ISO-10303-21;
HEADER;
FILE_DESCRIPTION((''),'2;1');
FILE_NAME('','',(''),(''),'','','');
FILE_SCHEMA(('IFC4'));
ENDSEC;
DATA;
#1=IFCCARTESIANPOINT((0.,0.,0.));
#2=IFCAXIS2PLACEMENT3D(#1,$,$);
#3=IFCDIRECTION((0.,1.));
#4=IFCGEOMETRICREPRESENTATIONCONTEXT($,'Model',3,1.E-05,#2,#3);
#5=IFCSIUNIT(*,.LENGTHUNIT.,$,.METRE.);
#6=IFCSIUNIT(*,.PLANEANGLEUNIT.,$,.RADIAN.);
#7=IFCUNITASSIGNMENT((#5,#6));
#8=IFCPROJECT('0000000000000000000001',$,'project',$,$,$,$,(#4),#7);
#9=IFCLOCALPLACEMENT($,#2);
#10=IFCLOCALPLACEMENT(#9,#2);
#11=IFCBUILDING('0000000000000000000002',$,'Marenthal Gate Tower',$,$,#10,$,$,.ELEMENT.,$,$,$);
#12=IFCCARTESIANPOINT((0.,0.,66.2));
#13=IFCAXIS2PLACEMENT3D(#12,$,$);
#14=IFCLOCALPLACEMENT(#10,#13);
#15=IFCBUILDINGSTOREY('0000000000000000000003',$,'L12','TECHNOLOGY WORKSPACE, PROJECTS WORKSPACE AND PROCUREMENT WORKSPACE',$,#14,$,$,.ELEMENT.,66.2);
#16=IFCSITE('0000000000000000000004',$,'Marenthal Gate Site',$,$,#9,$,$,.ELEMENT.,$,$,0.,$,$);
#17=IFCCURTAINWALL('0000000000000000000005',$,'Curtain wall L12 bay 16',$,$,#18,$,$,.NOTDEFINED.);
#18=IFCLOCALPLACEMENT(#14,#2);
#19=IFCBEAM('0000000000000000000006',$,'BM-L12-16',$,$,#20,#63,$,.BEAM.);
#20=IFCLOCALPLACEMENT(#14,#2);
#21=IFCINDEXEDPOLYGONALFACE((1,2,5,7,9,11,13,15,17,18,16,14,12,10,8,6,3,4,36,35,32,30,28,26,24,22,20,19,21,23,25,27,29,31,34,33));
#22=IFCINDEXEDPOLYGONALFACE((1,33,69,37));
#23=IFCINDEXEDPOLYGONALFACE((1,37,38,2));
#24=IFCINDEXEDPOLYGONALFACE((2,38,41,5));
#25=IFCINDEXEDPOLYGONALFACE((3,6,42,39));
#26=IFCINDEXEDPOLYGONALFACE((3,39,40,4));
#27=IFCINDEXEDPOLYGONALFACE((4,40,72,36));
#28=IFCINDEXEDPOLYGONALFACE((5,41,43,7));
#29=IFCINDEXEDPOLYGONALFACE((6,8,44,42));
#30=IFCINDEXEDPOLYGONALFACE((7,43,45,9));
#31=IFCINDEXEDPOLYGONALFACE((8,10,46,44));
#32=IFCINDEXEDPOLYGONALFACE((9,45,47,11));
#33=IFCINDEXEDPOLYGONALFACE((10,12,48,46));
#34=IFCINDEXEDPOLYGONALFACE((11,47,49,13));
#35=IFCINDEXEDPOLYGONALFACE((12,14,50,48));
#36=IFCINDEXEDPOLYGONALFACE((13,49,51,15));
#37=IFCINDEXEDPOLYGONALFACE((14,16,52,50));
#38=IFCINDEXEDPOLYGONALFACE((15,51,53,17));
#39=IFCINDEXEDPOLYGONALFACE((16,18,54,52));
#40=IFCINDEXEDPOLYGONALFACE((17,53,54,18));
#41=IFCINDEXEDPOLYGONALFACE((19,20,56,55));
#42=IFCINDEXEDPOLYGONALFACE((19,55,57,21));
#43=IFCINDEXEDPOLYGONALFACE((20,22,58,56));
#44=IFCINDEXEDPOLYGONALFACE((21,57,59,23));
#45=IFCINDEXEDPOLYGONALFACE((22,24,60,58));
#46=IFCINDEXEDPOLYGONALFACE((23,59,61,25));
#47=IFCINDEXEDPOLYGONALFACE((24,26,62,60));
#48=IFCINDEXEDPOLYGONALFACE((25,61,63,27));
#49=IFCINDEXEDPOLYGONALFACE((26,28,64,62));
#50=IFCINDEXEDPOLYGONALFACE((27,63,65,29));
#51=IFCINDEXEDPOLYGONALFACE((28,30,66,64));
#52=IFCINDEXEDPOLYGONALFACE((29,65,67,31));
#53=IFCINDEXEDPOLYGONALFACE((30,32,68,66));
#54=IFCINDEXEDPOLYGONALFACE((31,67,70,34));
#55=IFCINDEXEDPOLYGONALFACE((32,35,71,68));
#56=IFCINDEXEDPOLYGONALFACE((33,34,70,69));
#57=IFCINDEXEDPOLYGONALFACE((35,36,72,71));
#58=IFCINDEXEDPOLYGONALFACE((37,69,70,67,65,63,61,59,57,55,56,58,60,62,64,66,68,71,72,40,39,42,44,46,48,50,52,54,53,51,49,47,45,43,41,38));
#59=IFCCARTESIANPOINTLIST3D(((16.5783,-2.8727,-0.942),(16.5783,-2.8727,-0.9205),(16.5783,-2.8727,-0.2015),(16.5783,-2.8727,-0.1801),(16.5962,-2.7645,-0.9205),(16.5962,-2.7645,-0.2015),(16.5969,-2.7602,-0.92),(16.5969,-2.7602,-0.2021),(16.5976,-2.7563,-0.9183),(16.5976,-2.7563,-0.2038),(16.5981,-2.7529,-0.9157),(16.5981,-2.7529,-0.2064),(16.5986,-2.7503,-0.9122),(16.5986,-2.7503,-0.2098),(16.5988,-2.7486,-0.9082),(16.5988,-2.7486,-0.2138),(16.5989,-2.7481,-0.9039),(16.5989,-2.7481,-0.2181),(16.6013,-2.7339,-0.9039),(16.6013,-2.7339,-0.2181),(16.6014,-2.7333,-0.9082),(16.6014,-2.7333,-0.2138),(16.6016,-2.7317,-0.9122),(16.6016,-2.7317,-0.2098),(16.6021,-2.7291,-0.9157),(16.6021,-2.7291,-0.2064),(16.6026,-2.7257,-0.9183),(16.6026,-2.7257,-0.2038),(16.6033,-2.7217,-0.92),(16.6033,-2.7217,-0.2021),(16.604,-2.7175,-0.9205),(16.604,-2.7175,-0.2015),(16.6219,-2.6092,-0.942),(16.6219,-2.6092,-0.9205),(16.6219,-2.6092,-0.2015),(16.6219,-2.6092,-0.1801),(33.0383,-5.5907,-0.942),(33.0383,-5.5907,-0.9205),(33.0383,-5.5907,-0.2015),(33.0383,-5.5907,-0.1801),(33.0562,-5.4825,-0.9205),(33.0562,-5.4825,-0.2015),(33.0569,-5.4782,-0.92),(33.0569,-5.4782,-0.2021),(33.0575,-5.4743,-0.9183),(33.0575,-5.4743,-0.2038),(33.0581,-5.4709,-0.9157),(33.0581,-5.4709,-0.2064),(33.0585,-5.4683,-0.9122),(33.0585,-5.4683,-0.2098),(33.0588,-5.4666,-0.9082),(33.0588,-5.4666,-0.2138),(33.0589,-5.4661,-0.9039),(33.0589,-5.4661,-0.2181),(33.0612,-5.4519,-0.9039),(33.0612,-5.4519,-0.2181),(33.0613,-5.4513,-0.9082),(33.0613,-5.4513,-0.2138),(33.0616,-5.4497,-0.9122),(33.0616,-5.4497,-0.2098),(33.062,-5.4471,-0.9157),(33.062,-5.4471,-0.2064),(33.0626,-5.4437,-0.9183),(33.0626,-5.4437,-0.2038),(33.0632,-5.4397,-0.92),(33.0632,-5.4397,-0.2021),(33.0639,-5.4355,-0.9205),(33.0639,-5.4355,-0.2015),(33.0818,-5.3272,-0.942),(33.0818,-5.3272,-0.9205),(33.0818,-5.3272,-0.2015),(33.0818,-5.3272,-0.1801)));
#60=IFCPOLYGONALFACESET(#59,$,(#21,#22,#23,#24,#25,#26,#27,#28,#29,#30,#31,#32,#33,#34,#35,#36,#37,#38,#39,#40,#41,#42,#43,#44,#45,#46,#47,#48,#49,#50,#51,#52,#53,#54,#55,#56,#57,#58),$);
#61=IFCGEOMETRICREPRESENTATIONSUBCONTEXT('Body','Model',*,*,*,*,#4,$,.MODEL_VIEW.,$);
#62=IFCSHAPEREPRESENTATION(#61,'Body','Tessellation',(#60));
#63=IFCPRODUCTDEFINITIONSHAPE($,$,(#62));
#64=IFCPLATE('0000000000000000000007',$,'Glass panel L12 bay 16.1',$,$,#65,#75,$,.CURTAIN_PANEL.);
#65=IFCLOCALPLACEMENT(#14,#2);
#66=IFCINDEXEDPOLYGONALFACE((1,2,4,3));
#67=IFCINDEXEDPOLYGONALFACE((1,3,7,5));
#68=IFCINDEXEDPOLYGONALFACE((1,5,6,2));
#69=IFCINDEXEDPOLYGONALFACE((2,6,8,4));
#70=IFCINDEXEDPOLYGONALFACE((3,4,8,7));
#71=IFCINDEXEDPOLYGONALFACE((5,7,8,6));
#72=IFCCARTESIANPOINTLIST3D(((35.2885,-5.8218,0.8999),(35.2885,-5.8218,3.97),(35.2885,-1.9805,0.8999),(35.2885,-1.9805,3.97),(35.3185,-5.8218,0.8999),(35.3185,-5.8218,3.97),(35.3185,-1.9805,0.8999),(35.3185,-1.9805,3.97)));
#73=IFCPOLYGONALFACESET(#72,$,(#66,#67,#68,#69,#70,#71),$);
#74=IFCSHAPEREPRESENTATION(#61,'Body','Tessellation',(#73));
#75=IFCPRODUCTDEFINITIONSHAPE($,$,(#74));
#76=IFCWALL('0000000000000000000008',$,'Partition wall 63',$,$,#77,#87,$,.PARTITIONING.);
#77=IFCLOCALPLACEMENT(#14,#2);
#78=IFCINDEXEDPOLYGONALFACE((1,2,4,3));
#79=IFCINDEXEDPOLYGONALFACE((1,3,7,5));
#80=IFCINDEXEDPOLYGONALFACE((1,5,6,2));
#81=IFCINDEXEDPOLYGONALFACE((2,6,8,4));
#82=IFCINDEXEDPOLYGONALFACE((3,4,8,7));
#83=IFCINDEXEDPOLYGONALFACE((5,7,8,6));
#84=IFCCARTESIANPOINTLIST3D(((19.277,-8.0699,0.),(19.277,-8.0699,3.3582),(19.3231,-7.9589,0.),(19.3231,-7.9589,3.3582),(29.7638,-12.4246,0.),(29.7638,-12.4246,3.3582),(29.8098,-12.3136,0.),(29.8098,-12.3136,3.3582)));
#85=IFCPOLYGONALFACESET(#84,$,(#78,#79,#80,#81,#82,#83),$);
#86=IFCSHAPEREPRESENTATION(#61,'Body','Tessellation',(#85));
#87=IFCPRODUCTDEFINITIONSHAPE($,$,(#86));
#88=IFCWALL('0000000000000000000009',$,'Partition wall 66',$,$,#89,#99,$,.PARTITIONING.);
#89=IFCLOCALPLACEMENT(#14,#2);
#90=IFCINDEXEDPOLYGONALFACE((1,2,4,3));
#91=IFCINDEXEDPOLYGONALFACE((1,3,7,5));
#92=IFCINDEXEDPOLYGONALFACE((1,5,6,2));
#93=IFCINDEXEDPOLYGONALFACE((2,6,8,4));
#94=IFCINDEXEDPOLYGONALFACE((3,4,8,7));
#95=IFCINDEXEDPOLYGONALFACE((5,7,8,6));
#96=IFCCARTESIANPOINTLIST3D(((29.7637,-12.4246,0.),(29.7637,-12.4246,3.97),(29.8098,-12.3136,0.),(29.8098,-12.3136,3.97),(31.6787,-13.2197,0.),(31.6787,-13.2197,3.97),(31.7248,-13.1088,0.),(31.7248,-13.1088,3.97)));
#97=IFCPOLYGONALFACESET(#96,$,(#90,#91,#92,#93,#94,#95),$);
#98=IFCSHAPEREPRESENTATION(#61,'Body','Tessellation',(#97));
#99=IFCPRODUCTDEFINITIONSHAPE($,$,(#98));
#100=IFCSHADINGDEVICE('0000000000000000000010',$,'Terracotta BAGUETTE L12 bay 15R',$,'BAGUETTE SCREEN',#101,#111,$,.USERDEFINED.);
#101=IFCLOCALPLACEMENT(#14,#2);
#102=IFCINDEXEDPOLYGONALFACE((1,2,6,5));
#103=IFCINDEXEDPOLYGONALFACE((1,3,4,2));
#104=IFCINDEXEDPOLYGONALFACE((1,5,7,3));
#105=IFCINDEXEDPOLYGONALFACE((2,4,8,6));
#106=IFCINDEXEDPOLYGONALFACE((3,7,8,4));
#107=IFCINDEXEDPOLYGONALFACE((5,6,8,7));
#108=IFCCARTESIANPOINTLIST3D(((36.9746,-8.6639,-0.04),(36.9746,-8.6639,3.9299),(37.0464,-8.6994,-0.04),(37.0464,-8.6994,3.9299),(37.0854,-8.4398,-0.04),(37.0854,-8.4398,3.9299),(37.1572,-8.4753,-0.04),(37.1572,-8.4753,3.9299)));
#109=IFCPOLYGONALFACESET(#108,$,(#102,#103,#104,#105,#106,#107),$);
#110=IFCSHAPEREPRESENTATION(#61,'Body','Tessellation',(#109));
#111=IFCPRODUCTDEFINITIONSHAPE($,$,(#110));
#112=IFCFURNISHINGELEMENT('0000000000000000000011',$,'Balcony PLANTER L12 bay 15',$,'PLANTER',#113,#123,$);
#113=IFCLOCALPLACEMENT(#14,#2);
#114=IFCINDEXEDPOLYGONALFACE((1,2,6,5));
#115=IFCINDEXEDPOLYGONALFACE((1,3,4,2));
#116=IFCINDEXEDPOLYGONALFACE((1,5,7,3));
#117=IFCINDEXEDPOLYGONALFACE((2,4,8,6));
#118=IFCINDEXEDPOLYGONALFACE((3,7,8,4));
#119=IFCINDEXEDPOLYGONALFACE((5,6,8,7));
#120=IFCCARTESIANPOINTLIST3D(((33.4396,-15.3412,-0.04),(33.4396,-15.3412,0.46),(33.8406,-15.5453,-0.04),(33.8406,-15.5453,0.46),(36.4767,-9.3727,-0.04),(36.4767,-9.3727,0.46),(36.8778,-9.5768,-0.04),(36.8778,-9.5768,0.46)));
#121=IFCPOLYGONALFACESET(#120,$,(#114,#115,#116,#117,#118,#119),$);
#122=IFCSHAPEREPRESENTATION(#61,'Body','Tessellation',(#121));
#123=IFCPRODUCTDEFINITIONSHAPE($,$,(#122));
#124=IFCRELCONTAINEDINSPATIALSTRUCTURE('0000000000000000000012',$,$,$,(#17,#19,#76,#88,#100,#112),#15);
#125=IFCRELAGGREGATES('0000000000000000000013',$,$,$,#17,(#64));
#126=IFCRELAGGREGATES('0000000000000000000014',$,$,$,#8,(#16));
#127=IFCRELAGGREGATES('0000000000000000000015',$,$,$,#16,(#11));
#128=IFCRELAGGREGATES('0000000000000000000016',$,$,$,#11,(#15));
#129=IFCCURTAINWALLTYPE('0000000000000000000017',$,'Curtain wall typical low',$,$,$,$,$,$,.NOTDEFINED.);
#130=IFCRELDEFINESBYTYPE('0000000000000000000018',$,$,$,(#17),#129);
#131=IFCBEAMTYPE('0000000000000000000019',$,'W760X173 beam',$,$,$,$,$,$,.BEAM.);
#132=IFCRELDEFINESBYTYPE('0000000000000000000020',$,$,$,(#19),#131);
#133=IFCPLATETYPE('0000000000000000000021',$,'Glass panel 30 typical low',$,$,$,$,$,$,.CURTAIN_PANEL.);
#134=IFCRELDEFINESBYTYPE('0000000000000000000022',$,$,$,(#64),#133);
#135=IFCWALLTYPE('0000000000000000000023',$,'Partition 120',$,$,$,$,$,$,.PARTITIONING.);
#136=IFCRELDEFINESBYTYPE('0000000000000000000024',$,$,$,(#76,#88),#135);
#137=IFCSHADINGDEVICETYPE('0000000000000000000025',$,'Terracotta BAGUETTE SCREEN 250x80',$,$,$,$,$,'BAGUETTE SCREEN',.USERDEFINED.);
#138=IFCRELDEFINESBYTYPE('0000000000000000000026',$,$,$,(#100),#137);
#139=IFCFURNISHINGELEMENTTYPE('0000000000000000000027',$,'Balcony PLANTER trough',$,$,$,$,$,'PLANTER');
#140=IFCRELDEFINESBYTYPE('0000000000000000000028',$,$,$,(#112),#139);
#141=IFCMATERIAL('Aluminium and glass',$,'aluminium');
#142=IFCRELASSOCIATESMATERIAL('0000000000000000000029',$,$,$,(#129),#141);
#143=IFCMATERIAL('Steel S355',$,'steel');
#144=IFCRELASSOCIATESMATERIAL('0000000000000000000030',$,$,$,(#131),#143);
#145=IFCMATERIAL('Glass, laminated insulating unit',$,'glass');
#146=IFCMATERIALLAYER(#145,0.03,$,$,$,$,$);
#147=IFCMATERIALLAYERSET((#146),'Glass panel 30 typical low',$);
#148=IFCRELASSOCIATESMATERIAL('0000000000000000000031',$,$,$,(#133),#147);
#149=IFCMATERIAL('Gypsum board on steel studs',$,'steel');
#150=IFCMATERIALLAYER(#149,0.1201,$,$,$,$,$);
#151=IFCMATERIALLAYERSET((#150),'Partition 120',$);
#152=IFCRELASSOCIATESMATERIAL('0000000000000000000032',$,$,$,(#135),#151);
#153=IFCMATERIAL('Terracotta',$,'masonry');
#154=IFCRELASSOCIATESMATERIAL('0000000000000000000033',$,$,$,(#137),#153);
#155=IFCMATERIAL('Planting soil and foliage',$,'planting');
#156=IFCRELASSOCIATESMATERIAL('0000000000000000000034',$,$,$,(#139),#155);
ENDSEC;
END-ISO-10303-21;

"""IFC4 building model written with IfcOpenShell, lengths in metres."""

from ifc_helpers import new_model, si_unit, direction, frame, frame_2d, origin, origin_2d, place, context, subcontext, project, spatial, rectangle, i_section, extrude, material, layer, layer_set, material_profile, profile_set, type_object, element, aggregate, save


model = new_model("IFC4")

# Units and contexts
model_context = context("Model", 3, precision=1e-05, world=origin(), true_north=direction((0.0, 1.0)))
body_context = subcontext(model_context, "Body", "Model", "MODEL_VIEW")
ifc_project = project(units=[si_unit("LENGTHUNIT", "METRE"), si_unit("PLANEANGLEUNIT", "RADIAN")], contexts=[model_context])

# Site, building, storey
site_placement = place(None, origin())
site = spatial("IfcSite", under=ifc_project, at=site_placement, Name="Marenthal Gate Site", CompositionType="ELEMENT", RefElevation=0.0)
building_placement = place(site_placement, origin())
building = spatial("IfcBuilding", under=site, at=building_placement, Name="Marenthal Gate Tower", CompositionType="ELEMENT")
storey_placement = place(building_placement, frame((0.0, 0.0, 66.2)))
storey = spatial("IfcBuildingStorey", under=building, at=storey_placement, Name="L12", Description="TECHNOLOGY WORKSPACE, PROJECTS WORKSPACE AND PROCUREMENT WORKSPACE", CompositionType="ELEMENT", Elevation=66.2)

# Curtain wall
ifc_material_1 = material(Name="Aluminium and glass", Category="aluminium")
curtain_wall_type = type_object("IfcCurtainWallType", Name="Curtain wall typical low", PredefinedType="NOTDEFINED", material=ifc_material_1)
curtain_wall_placement = place(storey_placement, origin())
curtain_wall = element("IfcCurtainWall", 1, at=curtain_wall_placement, inside=storey, type_object=curtain_wall_type, Name="Curtain wall L12 bay 16", PredefinedType="NOTDEFINED")

# Beam
ifc_material_2 = material(Name="Steel S355", Category="steel")
ifc_material_profile_1 = material_profile(ifc_material_2, i_section(OverallWidth=0.2671, OverallDepth=0.762, WebThickness=0.0144, FlangeThickness=0.0215, FilletRadius=0.0166, at=origin_2d()), Name="W760X173")
ifc_profile_set_1 = profile_set([ifc_material_profile_1], Name="Steel S355")
beam_type_1 = type_object("IfcBeamType", Name="W760X173 beam", PredefinedType="BEAM", material=ifc_profile_set_1)
beam_1_placement = place(storey_placement, frame((33.0601, -5.459, -0.561), z_axis=(-0.986639, 0.162923, 0.0), x_axis=(-0.162923, -0.986639, 0.0)))
element("IfcBeam", 2, at=beam_1_placement, inside=storey, type_object=beam_type_1, Name="BM-L12-16", PredefinedType="BEAM", context=body_context, shape_type="SweptSolid", body=[
    extrude(i_section(OverallWidth=0.2671, OverallDepth=0.762, WebThickness=0.0144, FlangeThickness=0.0215, FilletRadius=0.0166, at=origin_2d()), origin(), (0.0, 0.0, 1.0), 16.6829),
])

# Plate
ifc_material_3 = material(Name="Glass, laminated insulating unit", Category="glass")
ifc_layer_1 = layer(ifc_material_3, 0.03)
ifc_layer_set_1 = layer_set([ifc_layer_1], Name="Glass panel 30 typical low")
plate_type = type_object("IfcPlateType", Name="Glass panel 30 typical low", PredefinedType="CURTAIN_PANEL", material=ifc_layer_set_1)
plate_placement = place(storey_placement, frame((35.3035, -3.9011, 0.8999), z_axis=(0.0, 0.0, 1.0), x_axis=(0.0, 1.0, 0.0)))
plate = element("IfcPlate", 3, at=plate_placement, type_object=plate_type, Name="Glass panel L12 bay 16.1", PredefinedType="CURTAIN_PANEL", context=body_context, shape_type="SweptSolid", body=[
    extrude(rectangle(XDim=3.8413, YDim=0.03, at=origin_2d()), origin(), (0.0, 0.0, 1.0), 3.0701),
])
aggregate(curtain_wall, [plate])

# Walls
ifc_material_4 = material(Name="Gypsum board on steel studs", Category="steel")
ifc_layer_2 = layer(ifc_material_4, 0.1201)
ifc_layer_set_2 = layer_set([ifc_layer_2], Name="Partition 120")
wall_type = type_object("IfcWallType", Name="Partition 120", PredefinedType="PARTITIONING", material=ifc_layer_set_2)
wall_1_placement = place(storey_placement, frame((19.3, -8.0144, 0.0), z_axis=(0.0, 0.0, 1.0), x_axis=(0.923538, -0.383507, 0.0)))
element("IfcWall", 4, at=wall_1_placement, inside=storey, type_object=wall_type, Name="Partition wall 63", PredefinedType="PARTITIONING", context=body_context, shape_type="SweptSolid", body=[
    extrude(rectangle(XDim=11.355, YDim=0.1201, at=frame_2d((5.6775, 0.0))), origin(), (0.0, 0.0, 1.0), 3.3582),
])
wall_2_placement = place(storey_placement, frame((29.7869, -12.3691, 0.0), z_axis=(0.0, 0.0, 1.0), x_axis=(0.92355, -0.383478, 0.0)))
element("IfcWall", 5, at=wall_2_placement, inside=storey, type_object=wall_type, Name="Partition wall 66", PredefinedType="PARTITIONING", context=body_context, shape_type="SweptSolid", body=[
    extrude(rectangle(XDim=2.0735, YDim=0.1201, at=frame_2d((1.0366, 0.0))), origin(), (0.0, 0.0, 1.0), 3.97),
])

# Shading device
ifc_material_5 = material(Name="Terracotta", Category="masonry")
ifc_material_profile_2 = material_profile(ifc_material_5, rectangle(XDim=0.25, YDim=0.0801, at=origin_2d()), Name="Terracotta baguette 250x80")
ifc_profile_set_2 = profile_set([ifc_material_profile_2], Name="Terracotta")
shading_device_type = type_object("IfcShadingDeviceType", Name="Terracotta BAGUETTE SCREEN 250x80", ElementType="BAGUETTE SCREEN", PredefinedType="USERDEFINED", material=ifc_profile_set_2)
shading_device_placement = place(storey_placement, frame((37.0659, -8.5696, -0.04), z_axis=(0.0, 0.0, 1.0), x_axis=(0.442993, 0.896525, 0.0)))
element("IfcShadingDevice", 6, at=shading_device_placement, inside=storey, type_object=shading_device_type, Name="Terracotta BAGUETTE L12 bay 15R", ObjectType="BAGUETTE SCREEN", PredefinedType="USERDEFINED", context=body_context, shape_type="SweptSolid", body=[
    extrude(rectangle(XDim=0.25, YDim=0.0801, at=origin_2d()), origin(), (0.0, 0.0, 1.0), 3.97),
])

# Furnishing element
ifc_material_6 = material(Name="Planting soil and foliage", Category="planting")
furnishing_element_type = type_object("IfcFurnishingElementType", Name="Balcony PLANTER trough", ElementType="PLANTER", material=ifc_material_6)
furnishing_placement = place(storey_placement, frame((35.1587, -12.459, -0.04), z_axis=(0.0, 0.0, 1.0), x_axis=(0.453518, 0.891247, 0.0)))
element("IfcFurnishingElement", 7, at=furnishing_placement, inside=storey, type_object=furnishing_element_type, Name="Balcony PLANTER L12 bay 15", ObjectType="PLANTER", context=body_context, shape_type="SweptSolid", body=[
    extrude(rectangle(XDim=6.6968, YDim=0.45, at=origin_2d()), origin(), (0.0, 0.0, 1.0), 0.5),
])

save(model, "model.ifc")
